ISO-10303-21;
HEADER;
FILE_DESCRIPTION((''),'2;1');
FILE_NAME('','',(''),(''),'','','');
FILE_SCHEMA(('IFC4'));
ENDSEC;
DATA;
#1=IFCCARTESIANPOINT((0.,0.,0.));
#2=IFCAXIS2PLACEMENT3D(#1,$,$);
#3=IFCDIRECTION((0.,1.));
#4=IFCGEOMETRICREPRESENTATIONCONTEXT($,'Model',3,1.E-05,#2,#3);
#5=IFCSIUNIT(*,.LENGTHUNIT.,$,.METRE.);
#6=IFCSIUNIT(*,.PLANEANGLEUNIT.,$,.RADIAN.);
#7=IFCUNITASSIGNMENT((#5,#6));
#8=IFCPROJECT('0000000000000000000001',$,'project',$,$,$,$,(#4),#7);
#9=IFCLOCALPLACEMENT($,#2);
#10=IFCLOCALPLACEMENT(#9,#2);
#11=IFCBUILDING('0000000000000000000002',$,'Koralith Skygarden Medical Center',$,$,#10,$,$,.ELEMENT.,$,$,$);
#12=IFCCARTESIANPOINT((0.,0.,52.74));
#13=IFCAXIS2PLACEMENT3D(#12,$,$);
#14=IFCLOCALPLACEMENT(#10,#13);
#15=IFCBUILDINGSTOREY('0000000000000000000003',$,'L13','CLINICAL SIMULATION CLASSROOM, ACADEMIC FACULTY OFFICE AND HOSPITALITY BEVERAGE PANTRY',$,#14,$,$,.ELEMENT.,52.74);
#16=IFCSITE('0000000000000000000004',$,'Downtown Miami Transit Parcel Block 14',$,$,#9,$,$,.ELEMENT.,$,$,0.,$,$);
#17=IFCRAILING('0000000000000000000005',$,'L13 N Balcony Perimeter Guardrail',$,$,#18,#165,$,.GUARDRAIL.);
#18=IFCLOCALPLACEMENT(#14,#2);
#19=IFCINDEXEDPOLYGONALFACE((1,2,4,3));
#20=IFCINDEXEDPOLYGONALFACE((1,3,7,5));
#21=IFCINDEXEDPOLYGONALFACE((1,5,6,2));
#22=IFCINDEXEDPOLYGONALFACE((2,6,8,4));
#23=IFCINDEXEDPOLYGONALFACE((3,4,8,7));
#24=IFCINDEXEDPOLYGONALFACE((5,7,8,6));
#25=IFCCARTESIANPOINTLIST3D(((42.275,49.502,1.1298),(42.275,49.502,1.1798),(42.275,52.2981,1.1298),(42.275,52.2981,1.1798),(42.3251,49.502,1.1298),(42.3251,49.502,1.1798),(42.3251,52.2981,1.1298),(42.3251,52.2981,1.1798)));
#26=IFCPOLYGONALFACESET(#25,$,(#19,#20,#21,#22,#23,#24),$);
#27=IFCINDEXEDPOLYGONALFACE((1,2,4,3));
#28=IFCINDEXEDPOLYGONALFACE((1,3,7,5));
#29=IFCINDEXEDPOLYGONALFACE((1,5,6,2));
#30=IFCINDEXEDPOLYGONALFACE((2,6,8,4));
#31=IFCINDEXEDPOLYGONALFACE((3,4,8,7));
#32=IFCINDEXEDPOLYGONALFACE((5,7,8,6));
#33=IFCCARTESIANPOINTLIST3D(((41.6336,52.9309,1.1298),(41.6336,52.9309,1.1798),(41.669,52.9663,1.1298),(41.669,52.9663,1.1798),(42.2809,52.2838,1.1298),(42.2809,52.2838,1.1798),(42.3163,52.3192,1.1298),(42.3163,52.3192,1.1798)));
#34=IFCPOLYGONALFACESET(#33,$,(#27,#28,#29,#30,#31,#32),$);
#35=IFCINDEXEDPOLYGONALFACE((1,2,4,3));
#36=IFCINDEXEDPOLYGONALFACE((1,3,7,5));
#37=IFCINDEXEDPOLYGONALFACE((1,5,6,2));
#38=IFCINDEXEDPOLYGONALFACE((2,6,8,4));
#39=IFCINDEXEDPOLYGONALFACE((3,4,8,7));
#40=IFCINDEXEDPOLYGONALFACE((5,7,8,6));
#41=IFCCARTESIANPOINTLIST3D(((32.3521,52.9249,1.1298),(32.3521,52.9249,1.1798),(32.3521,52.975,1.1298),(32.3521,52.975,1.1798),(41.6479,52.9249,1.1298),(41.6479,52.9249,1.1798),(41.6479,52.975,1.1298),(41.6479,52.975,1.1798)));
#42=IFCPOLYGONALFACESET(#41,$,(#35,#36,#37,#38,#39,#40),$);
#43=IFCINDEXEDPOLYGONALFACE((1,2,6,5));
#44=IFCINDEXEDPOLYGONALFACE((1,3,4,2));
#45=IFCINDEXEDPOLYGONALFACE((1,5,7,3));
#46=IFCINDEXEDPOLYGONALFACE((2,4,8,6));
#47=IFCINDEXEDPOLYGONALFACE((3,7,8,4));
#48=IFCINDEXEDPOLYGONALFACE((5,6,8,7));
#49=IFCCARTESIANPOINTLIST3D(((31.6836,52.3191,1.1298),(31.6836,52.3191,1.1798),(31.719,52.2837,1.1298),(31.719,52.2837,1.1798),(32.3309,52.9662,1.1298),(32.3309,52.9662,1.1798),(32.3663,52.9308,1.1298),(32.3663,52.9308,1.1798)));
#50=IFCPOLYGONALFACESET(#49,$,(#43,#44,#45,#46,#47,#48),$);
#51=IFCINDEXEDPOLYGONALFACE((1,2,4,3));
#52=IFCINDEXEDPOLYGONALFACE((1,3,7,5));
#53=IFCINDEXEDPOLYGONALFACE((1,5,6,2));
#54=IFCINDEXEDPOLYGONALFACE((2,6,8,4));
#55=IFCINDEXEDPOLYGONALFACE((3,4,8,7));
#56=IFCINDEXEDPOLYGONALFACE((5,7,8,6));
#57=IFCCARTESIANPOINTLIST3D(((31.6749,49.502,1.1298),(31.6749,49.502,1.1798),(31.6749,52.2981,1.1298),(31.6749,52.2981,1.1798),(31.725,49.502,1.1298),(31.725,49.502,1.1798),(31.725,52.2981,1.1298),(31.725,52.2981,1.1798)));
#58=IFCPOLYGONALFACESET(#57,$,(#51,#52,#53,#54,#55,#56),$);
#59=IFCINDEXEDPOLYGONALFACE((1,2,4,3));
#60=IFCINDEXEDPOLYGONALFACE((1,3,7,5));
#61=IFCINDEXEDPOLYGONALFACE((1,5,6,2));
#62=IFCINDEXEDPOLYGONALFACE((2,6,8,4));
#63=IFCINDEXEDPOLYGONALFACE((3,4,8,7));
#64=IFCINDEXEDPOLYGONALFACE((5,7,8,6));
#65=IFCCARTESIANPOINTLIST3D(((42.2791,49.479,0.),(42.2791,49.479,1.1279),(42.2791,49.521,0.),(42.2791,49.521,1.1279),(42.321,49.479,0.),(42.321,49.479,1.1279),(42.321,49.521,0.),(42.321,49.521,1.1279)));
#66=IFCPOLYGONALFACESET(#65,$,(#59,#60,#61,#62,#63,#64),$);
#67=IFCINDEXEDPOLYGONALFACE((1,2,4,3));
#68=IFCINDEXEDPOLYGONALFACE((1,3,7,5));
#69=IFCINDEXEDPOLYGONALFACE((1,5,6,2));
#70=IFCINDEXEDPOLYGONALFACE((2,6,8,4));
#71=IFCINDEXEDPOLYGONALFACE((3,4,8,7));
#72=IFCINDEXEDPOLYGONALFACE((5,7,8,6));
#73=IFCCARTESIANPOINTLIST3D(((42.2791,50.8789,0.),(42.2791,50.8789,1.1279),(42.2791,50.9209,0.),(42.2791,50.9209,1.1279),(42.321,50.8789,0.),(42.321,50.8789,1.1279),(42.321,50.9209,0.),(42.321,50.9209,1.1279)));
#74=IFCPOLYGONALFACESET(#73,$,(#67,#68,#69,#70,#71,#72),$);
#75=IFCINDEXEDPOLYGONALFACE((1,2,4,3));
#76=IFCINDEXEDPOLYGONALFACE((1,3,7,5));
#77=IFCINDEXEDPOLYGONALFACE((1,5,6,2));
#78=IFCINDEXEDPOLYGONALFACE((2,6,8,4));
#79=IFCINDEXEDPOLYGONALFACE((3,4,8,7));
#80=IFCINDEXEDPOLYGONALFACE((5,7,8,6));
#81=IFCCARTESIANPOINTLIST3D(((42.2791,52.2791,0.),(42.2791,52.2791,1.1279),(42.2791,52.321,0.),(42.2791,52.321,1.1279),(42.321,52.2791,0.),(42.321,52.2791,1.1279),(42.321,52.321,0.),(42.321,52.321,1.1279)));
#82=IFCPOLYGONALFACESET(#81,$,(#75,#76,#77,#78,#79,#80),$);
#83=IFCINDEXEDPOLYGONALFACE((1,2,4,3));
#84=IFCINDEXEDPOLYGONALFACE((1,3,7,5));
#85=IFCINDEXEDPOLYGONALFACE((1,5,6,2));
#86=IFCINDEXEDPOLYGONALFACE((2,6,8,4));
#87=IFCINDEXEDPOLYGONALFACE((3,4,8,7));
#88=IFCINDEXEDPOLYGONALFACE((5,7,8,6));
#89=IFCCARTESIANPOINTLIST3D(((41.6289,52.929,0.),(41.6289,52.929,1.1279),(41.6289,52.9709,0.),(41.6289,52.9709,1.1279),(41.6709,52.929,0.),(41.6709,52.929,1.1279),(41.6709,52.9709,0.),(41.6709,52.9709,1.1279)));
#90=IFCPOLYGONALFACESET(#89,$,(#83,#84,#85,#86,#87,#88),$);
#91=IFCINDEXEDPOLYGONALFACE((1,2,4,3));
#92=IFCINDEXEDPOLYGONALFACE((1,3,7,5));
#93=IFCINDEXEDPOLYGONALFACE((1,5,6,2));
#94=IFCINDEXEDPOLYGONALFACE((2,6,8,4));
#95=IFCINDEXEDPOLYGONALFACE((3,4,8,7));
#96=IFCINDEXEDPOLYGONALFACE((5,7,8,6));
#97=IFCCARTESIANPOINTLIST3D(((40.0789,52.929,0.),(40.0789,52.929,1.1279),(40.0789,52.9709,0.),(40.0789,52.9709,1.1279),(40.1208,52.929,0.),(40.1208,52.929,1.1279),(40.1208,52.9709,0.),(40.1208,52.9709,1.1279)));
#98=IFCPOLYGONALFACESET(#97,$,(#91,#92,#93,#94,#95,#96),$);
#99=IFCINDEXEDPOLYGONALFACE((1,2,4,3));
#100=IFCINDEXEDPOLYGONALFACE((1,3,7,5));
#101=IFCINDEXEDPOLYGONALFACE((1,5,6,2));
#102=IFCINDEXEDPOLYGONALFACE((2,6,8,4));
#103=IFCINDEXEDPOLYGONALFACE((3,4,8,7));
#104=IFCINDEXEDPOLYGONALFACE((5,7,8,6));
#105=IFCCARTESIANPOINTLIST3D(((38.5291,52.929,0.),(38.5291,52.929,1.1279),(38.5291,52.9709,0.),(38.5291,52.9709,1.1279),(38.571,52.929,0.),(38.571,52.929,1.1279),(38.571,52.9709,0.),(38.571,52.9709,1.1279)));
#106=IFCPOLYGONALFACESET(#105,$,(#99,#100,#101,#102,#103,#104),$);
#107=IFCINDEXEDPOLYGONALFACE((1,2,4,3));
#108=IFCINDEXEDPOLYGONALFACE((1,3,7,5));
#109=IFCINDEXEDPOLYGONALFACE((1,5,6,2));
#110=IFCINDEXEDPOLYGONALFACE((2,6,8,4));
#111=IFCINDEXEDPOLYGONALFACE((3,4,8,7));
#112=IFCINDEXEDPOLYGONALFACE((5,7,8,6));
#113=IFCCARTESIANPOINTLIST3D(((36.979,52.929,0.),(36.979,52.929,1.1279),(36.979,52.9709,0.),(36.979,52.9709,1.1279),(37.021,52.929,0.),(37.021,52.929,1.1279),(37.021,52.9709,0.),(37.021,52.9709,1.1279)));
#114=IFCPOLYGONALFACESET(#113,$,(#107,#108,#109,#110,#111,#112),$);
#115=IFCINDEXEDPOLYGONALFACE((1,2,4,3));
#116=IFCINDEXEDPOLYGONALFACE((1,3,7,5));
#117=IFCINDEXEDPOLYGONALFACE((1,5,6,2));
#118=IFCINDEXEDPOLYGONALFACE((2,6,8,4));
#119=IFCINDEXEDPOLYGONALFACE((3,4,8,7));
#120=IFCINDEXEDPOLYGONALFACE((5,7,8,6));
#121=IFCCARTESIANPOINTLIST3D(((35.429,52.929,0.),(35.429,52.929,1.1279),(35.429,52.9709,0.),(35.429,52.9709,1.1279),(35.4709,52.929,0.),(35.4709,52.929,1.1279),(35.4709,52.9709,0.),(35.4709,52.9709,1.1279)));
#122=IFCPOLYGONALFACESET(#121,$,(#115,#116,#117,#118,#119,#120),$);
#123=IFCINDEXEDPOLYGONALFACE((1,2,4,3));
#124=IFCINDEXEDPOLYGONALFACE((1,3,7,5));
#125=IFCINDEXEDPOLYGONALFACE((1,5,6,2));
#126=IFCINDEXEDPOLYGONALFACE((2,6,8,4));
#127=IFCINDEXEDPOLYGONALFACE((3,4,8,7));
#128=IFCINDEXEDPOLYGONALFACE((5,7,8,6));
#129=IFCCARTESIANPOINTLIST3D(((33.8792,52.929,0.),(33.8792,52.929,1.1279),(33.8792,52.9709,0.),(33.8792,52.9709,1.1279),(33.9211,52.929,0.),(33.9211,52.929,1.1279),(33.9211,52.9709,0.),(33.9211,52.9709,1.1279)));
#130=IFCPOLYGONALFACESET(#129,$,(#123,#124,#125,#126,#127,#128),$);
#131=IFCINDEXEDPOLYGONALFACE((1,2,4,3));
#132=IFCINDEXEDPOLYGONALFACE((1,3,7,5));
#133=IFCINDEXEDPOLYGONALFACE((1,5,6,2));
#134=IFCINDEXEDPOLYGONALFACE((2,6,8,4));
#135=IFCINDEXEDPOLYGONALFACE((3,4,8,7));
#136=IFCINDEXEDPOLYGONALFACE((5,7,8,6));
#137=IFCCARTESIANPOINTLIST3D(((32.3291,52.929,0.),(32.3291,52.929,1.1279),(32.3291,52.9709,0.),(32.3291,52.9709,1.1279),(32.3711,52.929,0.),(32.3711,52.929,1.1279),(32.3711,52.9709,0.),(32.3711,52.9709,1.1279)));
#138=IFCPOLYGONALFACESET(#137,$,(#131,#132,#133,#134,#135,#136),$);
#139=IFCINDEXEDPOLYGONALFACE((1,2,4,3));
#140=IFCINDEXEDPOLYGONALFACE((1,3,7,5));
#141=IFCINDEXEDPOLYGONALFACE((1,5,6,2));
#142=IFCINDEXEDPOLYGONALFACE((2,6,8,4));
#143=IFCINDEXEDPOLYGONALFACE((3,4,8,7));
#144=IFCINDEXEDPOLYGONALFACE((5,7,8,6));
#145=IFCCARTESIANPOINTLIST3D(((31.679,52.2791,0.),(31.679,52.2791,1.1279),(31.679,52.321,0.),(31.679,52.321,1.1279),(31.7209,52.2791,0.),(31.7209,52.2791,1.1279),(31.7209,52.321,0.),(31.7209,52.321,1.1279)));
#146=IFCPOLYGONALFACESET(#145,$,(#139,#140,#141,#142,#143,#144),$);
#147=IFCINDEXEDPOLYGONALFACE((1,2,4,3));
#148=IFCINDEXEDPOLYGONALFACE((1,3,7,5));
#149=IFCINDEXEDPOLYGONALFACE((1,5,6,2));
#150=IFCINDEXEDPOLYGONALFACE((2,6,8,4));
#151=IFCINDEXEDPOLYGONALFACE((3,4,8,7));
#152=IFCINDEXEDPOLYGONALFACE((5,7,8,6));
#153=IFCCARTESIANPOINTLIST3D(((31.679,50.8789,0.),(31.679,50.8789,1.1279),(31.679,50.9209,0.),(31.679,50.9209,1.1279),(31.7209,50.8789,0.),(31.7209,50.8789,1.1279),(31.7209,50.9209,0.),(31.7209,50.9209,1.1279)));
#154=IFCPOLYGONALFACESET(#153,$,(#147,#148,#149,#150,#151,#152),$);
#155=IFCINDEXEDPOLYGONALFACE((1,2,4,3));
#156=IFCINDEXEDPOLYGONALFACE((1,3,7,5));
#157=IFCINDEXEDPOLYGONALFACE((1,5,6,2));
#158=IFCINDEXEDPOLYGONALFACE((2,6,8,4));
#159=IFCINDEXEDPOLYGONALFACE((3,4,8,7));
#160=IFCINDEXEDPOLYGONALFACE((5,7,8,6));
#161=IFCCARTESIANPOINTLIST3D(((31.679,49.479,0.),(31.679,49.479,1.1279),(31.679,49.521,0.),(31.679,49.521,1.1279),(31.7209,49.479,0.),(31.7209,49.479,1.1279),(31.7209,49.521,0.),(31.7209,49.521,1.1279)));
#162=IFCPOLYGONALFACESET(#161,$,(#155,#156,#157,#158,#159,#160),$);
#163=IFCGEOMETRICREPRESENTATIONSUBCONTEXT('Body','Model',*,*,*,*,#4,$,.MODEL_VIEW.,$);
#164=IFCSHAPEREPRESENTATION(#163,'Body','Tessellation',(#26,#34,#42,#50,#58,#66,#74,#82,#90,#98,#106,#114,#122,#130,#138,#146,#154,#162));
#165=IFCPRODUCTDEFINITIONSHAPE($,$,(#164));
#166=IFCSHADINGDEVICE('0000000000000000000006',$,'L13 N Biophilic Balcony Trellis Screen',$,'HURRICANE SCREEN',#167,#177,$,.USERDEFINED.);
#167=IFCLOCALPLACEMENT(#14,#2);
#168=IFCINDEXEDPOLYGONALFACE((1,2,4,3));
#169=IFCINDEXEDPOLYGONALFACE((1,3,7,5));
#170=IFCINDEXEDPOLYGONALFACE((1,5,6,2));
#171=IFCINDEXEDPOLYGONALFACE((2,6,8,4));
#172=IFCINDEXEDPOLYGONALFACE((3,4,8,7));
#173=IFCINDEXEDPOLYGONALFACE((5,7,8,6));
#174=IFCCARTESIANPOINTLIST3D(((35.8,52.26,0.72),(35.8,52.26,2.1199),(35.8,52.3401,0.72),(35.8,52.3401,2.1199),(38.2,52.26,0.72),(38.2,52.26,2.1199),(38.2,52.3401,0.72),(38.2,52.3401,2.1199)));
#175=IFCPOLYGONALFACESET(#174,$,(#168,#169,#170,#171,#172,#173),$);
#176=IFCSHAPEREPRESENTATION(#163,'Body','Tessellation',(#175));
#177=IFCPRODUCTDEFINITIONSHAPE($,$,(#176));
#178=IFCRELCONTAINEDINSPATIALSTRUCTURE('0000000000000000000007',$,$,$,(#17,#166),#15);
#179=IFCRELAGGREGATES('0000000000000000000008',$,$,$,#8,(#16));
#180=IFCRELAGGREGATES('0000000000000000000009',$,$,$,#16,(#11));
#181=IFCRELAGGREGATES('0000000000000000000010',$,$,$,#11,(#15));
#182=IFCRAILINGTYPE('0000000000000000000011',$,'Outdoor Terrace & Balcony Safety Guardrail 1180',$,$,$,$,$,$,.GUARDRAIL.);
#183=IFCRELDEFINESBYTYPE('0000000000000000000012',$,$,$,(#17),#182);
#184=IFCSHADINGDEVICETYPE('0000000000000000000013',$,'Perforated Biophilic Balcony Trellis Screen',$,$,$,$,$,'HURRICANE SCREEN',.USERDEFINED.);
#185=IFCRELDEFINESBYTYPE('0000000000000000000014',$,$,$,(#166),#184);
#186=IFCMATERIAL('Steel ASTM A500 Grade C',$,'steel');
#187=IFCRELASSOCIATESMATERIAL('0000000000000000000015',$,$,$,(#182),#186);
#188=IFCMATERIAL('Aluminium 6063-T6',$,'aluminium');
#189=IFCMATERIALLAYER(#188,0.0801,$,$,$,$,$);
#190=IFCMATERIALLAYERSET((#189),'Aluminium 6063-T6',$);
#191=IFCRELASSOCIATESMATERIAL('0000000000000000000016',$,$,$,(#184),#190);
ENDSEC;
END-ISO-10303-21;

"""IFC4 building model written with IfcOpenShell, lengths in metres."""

from ifc_helpers import new_model, si_unit, direction, frame, origin, origin_2d, place, context, subcontext, project, spatial, rectangle, extrude, material, layer, layer_set, type_object, element, save


model = new_model("IFC4")

# Units and contexts
model_context = context("Model", 3, precision=1e-05, world=origin(), true_north=direction((0.0, 1.0)))
body_context = subcontext(model_context, "Body", "Model", "MODEL_VIEW")
ifc_project = project(units=[si_unit("LENGTHUNIT", "METRE"), si_unit("PLANEANGLEUNIT", "RADIAN")], contexts=[model_context])

# Site, building, storey
site_placement = place(None, origin())
site = spatial("IfcSite", under=ifc_project, at=site_placement, Name="Downtown Miami Transit Parcel Block 14", CompositionType="ELEMENT", RefElevation=0.0)
building_placement = place(site_placement, origin())
building = spatial("IfcBuilding", under=site, at=building_placement, Name="Koralith Skygarden Medical Center", CompositionType="ELEMENT")
storey_placement = place(building_placement, frame((0.0, 0.0, 52.74)))
storey = spatial("IfcBuildingStorey", under=building, at=storey_placement, Name="L13", Description="CLINICAL SIMULATION CLASSROOM, ACADEMIC FACULTY OFFICE AND HOSPITALITY BEVERAGE PANTRY", CompositionType="ELEMENT", Elevation=52.74)

# Shared definitions
ifc_material_1 = material(Name="Aluminium 6063-T6", Category="aluminium")

# Shared definitions
ifc_material_2 = material(Name="Steel ASTM A500 Grade C", Category="steel")

# Railing
railing_type = type_object("IfcRailingType", Name="Outdoor Terrace & Balcony Safety Guardrail 1180", PredefinedType="GUARDRAIL", material=ifc_material_2)
railing_placement = place(storey_placement, frame((42.3, 49.5, 0.0)))
element("IfcRailing", 1, at=railing_placement, inside=storey, type_object=railing_type, Name="L13 N Balcony Perimeter Guardrail", PredefinedType="GUARDRAIL", context=body_context, shape_type="SweptSolid", body=[
    extrude(rectangle(XDim=0.05, YDim=0.05, at=origin_2d()), frame((0.0, 0.002, 1.1548), z_axis=(0.0, 1.0, 0.0), x_axis=(-1.0, 0.0, 0.0)), (0.0, 0.0, 1.0), 2.7961),
    extrude(rectangle(XDim=0.05, YDim=0.05, at=origin_2d()), frame((-0.0015, 2.8015, 1.1548), z_axis=(-0.70724, 0.706974, 0.0), x_axis=(-0.706974, -0.70724, 0.0)), (0.0, 0.0, 1.0), 0.9153),
    extrude(rectangle(XDim=0.05, YDim=0.05, at=origin_2d()), frame((-0.6521, 3.45, 1.1548), z_axis=(-1.0, 0.0, 0.0), x_axis=(0.0, -1.0, 0.0)), (0.0, 0.0, 1.0), 9.2959),
    extrude(rectangle(XDim=0.05, YDim=0.05, at=origin_2d()), frame((-9.9514, 3.4485, 1.1548), z_axis=(-0.70724, -0.706974, 0.0), x_axis=(0.706974, -0.70724, 0.0)), (0.0, 0.0, 1.0), 0.9153),
    extrude(rectangle(XDim=0.05, YDim=0.05, at=origin_2d()), frame((-10.6001, 2.7981, 1.1548), z_axis=(0.0, -1.0, 0.0), x_axis=(1.0, 0.0, 0.0)), (0.0, 0.0, 1.0), 2.7961),
    extrude(rectangle(XDim=0.042, YDim=0.042, at=origin_2d()), origin(), (0.0, 0.0, 1.0), 1.1279),
    extrude(rectangle(XDim=0.042, YDim=0.042, at=origin_2d()), frame((0.0, 1.3999, 0.0)), (0.0, 0.0, 1.0), 1.1279),
    extrude(rectangle(XDim=0.042, YDim=0.042, at=origin_2d()), frame((0.0, 2.8, 0.0)), (0.0, 0.0, 1.0), 1.1279),
    extrude(rectangle(XDim=0.042, YDim=0.042, at=origin_2d()), frame((-0.6501, 3.45, 0.0)), (0.0, 0.0, 1.0), 1.1279),
    extrude(rectangle(XDim=0.042, YDim=0.042, at=origin_2d()), frame((-2.2002, 3.45, 0.0)), (0.0, 0.0, 1.0), 1.1279),
    extrude(rectangle(XDim=0.042, YDim=0.042, at=origin_2d()), frame((-3.75, 3.45, 0.0)), (0.0, 0.0, 1.0), 1.1279),
    extrude(rectangle(XDim=0.042, YDim=0.042, at=origin_2d()), frame((-5.3, 3.45, 0.0)), (0.0, 0.0, 1.0), 1.1279),
    extrude(rectangle(XDim=0.042, YDim=0.042, at=origin_2d()), frame((-6.8501, 3.45, 0.0)), (0.0, 0.0, 1.0), 1.1279),
    extrude(rectangle(XDim=0.042, YDim=0.042, at=origin_2d()), frame((-8.3999, 3.45, 0.0)), (0.0, 0.0, 1.0), 1.1279),
    extrude(rectangle(XDim=0.042, YDim=0.042, at=origin_2d()), frame((-9.95, 3.45, 0.0)), (0.0, 0.0, 1.0), 1.1279),
    extrude(rectangle(XDim=0.042, YDim=0.042, at=origin_2d()), frame((-10.6001, 2.8, 0.0)), (0.0, 0.0, 1.0), 1.1279),
    extrude(rectangle(XDim=0.042, YDim=0.042, at=origin_2d()), frame((-10.6001, 1.3999, 0.0)), (0.0, 0.0, 1.0), 1.1279),
    extrude(rectangle(XDim=0.042, YDim=0.042, at=origin_2d()), frame((-10.6001, 0.0, 0.0)), (0.0, 0.0, 1.0), 1.1279),
])

# Shading device
ifc_layer_1 = layer(ifc_material_1, 0.0801)
ifc_layer_set_1 = layer_set([ifc_layer_1], Name="Aluminium 6063-T6")
shading_device_type = type_object("IfcShadingDeviceType", Name="Perforated Biophilic Balcony Trellis Screen", ElementType="HURRICANE SCREEN", PredefinedType="USERDEFINED", material=ifc_layer_set_1)
shading_device_placement = place(storey_placement, frame((37.0, 52.3, 0.72), z_axis=(0.0, 0.0, 1.0), x_axis=(1.0, 0.0, 0.0)))
element("IfcShadingDevice", 2, at=shading_device_placement, inside=storey, type_object=shading_device_type, Name="L13 N Biophilic Balcony Trellis Screen", ObjectType="HURRICANE SCREEN", PredefinedType="USERDEFINED", context=body_context, shape_type="SweptSolid", body=[
    extrude(rectangle(XDim=2.3999, YDim=0.0801, at=origin_2d()), origin(), (0.0, 0.0, 1.0), 1.3999),
])

save(model, "model.ifc")
